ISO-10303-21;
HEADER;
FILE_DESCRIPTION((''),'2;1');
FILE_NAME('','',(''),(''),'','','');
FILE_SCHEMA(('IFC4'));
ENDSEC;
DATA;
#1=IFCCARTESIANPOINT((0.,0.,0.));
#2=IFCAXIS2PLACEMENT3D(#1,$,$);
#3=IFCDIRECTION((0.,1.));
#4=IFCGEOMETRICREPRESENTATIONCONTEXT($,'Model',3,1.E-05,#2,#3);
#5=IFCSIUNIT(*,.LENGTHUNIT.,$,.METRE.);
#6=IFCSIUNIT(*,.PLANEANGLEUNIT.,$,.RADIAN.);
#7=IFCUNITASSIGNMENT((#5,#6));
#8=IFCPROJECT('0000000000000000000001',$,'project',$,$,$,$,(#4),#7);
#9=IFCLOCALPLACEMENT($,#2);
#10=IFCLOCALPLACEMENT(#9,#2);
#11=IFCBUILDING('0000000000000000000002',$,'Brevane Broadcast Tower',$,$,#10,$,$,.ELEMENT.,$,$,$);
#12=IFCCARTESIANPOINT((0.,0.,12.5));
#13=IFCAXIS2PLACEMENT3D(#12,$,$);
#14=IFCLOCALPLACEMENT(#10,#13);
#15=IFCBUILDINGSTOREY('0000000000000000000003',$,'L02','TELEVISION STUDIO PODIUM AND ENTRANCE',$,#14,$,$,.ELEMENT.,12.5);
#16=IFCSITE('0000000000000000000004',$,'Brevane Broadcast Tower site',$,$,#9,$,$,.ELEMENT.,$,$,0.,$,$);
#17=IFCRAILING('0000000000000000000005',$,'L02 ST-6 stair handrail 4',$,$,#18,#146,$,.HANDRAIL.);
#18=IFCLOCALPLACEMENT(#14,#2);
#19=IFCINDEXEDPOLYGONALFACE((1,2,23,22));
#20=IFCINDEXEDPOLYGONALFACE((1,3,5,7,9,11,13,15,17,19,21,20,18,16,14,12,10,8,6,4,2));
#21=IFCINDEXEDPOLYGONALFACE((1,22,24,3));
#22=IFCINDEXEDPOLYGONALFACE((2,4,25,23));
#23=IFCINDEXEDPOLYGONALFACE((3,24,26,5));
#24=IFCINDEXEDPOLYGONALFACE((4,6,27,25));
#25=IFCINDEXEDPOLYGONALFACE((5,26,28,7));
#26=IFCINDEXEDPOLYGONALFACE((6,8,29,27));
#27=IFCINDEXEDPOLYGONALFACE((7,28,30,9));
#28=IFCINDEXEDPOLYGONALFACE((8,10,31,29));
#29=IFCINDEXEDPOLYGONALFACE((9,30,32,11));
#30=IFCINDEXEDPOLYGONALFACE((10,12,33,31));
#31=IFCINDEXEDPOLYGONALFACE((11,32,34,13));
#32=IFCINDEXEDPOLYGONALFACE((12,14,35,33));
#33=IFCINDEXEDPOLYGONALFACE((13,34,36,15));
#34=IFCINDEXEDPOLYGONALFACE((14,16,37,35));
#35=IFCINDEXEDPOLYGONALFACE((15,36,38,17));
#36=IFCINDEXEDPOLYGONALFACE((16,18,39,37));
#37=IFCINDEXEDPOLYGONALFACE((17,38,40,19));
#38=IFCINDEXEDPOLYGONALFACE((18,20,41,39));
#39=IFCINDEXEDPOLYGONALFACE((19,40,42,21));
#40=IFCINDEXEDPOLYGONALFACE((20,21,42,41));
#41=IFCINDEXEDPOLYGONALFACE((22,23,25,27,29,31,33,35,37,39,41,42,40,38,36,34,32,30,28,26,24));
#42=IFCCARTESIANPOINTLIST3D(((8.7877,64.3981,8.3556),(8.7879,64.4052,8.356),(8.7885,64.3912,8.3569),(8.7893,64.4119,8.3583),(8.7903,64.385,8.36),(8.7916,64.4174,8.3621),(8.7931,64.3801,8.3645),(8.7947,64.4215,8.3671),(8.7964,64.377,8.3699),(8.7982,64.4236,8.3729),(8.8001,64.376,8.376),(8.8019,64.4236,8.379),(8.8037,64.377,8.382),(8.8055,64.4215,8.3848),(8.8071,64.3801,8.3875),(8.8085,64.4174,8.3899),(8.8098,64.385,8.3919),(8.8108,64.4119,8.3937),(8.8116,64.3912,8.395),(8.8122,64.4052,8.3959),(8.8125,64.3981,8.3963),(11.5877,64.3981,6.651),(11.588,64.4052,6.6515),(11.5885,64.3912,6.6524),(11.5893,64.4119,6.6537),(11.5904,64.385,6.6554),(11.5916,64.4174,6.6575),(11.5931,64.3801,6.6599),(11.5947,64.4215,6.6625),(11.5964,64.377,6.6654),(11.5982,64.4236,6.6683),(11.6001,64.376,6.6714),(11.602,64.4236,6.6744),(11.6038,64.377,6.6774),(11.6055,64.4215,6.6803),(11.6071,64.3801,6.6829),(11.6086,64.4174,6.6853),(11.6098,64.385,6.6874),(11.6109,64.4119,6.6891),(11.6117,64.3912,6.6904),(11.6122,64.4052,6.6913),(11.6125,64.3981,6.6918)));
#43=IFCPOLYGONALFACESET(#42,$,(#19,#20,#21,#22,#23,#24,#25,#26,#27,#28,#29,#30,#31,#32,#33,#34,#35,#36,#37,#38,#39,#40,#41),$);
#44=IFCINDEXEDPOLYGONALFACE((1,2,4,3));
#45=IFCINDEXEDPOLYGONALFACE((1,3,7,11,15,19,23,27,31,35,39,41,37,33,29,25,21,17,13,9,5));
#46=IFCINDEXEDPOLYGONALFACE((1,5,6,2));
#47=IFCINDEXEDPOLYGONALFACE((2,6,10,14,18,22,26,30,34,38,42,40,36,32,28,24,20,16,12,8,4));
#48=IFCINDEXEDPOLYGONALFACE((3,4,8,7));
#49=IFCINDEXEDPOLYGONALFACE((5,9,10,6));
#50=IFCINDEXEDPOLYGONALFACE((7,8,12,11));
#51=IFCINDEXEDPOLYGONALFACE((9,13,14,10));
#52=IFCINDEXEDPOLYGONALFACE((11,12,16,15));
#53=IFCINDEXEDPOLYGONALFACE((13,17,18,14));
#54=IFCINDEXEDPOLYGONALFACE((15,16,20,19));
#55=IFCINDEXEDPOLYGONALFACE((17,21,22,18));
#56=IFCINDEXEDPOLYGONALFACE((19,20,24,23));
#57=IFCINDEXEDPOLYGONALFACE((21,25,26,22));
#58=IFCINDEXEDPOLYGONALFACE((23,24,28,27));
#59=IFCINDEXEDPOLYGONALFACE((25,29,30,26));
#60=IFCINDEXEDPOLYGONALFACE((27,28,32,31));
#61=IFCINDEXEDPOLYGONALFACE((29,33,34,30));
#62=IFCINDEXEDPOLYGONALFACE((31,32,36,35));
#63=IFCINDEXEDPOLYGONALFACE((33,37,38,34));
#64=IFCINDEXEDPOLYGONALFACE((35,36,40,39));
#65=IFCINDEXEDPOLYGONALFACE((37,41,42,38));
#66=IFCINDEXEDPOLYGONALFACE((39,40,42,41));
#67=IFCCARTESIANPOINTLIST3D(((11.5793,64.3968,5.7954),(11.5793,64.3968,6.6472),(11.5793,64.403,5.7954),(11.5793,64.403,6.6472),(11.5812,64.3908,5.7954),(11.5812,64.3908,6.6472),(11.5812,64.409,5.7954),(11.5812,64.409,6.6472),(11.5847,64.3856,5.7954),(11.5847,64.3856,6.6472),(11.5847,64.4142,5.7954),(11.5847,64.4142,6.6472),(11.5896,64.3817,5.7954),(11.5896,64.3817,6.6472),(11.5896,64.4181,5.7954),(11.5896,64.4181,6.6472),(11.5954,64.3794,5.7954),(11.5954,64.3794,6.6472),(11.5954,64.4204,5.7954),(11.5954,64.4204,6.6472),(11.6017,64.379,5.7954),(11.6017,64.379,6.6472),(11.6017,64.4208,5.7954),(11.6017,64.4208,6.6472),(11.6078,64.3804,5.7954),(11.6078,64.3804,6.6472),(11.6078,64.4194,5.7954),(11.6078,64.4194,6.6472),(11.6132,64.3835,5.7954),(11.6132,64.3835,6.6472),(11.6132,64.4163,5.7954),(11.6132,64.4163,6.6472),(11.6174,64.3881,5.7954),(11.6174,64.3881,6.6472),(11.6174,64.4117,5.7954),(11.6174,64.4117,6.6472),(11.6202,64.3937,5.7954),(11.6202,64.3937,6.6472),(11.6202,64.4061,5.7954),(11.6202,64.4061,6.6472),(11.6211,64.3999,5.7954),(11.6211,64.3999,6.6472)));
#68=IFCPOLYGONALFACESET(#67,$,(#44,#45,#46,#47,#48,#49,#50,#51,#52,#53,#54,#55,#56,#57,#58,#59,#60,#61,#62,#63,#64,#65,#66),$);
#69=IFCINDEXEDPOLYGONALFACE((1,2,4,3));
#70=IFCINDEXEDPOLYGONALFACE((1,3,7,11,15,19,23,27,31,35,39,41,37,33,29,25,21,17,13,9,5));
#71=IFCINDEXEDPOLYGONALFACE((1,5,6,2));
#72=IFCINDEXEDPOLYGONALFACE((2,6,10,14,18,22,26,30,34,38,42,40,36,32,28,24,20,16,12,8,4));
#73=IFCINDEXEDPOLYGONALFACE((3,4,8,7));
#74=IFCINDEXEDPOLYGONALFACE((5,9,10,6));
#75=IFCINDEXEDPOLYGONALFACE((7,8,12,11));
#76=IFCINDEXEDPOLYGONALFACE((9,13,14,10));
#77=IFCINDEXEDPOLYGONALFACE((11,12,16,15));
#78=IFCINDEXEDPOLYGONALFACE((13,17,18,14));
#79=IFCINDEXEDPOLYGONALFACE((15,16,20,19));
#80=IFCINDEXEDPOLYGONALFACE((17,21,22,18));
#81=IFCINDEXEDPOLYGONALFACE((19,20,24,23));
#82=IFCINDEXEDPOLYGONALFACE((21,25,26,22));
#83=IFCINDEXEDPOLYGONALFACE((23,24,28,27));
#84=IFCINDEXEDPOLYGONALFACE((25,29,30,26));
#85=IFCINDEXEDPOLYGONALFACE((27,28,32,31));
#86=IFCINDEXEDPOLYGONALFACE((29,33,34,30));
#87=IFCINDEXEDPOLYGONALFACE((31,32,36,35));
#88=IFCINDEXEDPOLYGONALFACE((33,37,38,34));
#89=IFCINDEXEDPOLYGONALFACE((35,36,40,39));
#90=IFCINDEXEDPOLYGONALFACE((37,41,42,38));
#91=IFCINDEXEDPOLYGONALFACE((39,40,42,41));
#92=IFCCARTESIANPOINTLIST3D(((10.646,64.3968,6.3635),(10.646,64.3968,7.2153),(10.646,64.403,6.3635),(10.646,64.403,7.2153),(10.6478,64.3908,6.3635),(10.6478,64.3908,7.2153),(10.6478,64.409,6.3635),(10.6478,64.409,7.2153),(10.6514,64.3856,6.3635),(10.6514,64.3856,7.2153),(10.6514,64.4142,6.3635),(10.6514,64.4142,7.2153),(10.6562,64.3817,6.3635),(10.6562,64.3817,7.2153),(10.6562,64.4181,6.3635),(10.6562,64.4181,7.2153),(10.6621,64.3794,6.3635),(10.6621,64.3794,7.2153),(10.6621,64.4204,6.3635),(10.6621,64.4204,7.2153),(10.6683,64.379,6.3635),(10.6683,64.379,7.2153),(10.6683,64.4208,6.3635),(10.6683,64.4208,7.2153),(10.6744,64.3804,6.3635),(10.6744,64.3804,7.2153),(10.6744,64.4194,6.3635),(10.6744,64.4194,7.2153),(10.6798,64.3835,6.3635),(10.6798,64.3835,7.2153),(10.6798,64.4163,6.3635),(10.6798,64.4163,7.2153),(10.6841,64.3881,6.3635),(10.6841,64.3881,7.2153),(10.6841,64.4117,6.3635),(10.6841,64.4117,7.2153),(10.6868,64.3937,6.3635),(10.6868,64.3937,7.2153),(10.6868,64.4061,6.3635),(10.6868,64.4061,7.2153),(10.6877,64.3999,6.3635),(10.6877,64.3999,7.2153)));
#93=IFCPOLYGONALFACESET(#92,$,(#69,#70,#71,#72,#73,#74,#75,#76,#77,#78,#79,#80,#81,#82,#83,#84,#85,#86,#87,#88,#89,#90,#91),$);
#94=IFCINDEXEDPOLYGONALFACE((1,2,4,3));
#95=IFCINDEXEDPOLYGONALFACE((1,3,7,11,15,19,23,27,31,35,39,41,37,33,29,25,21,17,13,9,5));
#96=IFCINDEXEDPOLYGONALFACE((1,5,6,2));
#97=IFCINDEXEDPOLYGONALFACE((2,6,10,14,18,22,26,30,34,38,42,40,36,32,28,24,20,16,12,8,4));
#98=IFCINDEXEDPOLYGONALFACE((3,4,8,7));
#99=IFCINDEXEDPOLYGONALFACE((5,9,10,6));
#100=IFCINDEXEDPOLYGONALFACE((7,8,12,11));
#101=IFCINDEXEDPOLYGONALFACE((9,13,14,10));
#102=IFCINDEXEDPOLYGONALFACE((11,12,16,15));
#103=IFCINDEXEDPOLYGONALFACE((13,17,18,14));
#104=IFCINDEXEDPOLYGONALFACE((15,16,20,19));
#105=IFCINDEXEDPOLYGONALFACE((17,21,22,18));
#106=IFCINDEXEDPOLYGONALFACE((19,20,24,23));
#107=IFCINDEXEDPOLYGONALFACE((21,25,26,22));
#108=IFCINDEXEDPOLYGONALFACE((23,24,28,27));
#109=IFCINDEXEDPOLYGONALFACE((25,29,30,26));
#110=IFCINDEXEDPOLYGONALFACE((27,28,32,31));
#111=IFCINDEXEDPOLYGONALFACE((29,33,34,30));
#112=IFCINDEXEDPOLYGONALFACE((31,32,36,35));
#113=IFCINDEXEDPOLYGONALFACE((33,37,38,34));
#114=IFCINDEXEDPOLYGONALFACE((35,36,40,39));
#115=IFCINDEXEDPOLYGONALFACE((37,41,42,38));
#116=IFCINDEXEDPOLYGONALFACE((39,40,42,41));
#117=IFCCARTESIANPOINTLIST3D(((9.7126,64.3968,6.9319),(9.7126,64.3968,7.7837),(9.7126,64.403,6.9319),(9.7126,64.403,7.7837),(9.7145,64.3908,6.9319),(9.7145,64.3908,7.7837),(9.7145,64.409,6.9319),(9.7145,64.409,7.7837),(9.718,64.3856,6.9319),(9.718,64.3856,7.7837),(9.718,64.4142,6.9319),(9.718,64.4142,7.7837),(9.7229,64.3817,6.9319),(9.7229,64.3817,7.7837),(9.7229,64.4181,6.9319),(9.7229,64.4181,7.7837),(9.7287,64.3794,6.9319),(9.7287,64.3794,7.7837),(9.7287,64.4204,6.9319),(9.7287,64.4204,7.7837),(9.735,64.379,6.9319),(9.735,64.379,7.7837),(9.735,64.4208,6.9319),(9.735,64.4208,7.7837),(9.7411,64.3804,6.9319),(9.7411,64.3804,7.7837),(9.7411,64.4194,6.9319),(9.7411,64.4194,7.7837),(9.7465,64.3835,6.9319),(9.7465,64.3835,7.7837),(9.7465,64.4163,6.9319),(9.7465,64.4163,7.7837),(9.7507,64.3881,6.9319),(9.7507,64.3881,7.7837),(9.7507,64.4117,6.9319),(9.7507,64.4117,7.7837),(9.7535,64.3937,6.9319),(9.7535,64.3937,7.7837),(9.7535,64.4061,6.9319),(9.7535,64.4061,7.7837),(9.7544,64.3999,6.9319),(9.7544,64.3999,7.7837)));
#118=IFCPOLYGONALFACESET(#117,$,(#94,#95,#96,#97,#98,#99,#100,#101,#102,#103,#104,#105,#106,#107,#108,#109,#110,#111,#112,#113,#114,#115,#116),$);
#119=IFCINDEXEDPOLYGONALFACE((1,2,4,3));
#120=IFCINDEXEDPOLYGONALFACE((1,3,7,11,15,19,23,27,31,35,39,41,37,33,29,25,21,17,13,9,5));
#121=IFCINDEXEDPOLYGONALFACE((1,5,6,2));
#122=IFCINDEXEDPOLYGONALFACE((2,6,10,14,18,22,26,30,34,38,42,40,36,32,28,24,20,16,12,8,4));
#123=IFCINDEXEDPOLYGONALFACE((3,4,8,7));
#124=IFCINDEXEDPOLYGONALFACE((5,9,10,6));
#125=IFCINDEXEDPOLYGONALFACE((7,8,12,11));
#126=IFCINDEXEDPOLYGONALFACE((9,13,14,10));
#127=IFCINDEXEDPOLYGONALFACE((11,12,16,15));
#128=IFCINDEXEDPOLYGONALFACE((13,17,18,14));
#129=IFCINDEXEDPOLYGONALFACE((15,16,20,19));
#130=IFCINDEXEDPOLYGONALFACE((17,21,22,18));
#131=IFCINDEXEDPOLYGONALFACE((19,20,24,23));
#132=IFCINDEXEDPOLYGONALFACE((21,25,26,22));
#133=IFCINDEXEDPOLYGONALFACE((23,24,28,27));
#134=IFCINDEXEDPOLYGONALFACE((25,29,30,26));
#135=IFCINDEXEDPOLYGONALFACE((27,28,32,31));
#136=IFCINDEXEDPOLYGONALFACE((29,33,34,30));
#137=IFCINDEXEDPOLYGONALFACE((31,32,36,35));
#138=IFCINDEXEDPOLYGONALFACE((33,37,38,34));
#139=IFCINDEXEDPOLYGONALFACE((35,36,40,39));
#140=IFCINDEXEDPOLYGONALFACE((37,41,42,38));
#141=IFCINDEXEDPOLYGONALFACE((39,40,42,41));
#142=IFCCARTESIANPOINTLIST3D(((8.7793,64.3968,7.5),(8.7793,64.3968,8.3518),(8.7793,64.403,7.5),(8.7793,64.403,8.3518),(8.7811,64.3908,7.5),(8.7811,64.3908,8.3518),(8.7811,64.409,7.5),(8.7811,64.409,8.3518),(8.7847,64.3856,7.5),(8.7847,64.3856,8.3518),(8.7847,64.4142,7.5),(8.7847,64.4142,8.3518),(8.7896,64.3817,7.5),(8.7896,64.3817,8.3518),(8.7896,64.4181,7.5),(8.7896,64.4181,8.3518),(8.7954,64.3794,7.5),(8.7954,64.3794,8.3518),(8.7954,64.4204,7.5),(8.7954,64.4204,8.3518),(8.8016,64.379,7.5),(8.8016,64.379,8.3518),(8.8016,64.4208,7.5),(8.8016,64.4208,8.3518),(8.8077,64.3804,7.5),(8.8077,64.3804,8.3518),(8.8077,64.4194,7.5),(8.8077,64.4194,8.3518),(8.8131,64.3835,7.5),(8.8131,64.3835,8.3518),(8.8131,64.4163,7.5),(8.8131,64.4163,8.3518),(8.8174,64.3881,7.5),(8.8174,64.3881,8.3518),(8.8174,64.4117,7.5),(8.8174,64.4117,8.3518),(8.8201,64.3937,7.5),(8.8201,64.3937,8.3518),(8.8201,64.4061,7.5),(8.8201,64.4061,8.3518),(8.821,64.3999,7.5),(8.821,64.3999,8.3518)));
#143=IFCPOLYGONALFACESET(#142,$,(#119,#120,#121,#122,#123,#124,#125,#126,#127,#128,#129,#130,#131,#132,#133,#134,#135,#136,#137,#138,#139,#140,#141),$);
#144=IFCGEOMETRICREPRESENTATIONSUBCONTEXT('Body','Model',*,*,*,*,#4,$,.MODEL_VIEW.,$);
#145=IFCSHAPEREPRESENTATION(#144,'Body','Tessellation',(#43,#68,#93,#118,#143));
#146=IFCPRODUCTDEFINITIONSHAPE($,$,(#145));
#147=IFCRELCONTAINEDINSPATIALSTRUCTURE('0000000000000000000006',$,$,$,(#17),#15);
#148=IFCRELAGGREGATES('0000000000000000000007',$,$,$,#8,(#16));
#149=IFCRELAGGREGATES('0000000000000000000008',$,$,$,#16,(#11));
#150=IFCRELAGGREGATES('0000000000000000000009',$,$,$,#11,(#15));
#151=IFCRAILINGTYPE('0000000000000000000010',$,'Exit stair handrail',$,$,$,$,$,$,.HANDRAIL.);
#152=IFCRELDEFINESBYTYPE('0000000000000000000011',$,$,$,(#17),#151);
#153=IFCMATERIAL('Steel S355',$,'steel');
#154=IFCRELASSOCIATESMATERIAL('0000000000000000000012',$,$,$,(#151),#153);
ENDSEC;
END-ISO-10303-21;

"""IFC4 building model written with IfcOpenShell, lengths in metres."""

from ifc_helpers import new_model, si_unit, direction, frame, origin, origin_2d, place, context, subcontext, project, spatial, circle, extrude, material, type_object, element, save


model = new_model("IFC4")

# Units and contexts
model_context = context("Model", 3, precision=1e-05, world=origin(), true_north=direction((0.0, 1.0)))
body_context = subcontext(model_context, "Body", "Model", "MODEL_VIEW")
ifc_project = project(units=[si_unit("LENGTHUNIT", "METRE"), si_unit("PLANEANGLEUNIT", "RADIAN")], contexts=[model_context])

# Site, building, storey
site_placement = place(None, origin())
site = spatial("IfcSite", under=ifc_project, at=site_placement, Name="Brevane Broadcast Tower site", CompositionType="ELEMENT", RefElevation=0.0)
building_placement = place(site_placement, origin())
building = spatial("IfcBuilding", under=site, at=building_placement, Name="Brevane Broadcast Tower", CompositionType="ELEMENT")
storey_placement = place(building_placement, frame((0.0, 0.0, 12.5)))
storey = spatial("IfcBuildingStorey", under=building, at=storey_placement, Name="L02", Description="TELEVISION STUDIO PODIUM AND ENTRANCE", CompositionType="ELEMENT", Elevation=12.5)

# Railing
ifc_material_1 = material(Name="Steel S355", Category="steel")
railing_type_1 = type_object("IfcRailingType", Name="Exit stair handrail", PredefinedType="HANDRAIL", material=ifc_material_1)
for number, where, name in (
    (1, (11.6001, 64.3999, 5.7954), "L02 ST-6 stair handrail 4"),
):
    element("IfcRailing", number, at=place(storey_placement, frame(where)), inside=storey, type_object=railing_type_1, Name=name, PredefinedType="HANDRAIL", context=body_context, shape_type="SweptSolid", body=[
        extrude(circle(Radius=0.0239, at=origin_2d()), frame((0.0, 0.0, 0.876), z_axis=(-0.85417, 0.0, 0.519994), x_axis=(0.0, -1.0, 0.0)), (0.0, 0.0, 1.0), 3.2781),
        extrude(circle(Radius=0.021, at=origin_2d()), origin(), (0.0, 0.0, 1.0), 0.8518),
        extrude(circle(Radius=0.021, at=origin_2d()), frame((-0.9333, 0.0, 0.5681)), (0.0, 0.0, 1.0), 0.8518),
        extrude(circle(Radius=0.021, at=origin_2d()), frame((-1.8667, 0.0, 1.1365)), (0.0, 0.0, 1.0), 0.8518),
        extrude(circle(Radius=0.021, at=origin_2d()), frame((-2.8, 0.0, 1.7046)), (0.0, 0.0, 1.0), 0.8518),
    ])

save(model, "model.ifc")
